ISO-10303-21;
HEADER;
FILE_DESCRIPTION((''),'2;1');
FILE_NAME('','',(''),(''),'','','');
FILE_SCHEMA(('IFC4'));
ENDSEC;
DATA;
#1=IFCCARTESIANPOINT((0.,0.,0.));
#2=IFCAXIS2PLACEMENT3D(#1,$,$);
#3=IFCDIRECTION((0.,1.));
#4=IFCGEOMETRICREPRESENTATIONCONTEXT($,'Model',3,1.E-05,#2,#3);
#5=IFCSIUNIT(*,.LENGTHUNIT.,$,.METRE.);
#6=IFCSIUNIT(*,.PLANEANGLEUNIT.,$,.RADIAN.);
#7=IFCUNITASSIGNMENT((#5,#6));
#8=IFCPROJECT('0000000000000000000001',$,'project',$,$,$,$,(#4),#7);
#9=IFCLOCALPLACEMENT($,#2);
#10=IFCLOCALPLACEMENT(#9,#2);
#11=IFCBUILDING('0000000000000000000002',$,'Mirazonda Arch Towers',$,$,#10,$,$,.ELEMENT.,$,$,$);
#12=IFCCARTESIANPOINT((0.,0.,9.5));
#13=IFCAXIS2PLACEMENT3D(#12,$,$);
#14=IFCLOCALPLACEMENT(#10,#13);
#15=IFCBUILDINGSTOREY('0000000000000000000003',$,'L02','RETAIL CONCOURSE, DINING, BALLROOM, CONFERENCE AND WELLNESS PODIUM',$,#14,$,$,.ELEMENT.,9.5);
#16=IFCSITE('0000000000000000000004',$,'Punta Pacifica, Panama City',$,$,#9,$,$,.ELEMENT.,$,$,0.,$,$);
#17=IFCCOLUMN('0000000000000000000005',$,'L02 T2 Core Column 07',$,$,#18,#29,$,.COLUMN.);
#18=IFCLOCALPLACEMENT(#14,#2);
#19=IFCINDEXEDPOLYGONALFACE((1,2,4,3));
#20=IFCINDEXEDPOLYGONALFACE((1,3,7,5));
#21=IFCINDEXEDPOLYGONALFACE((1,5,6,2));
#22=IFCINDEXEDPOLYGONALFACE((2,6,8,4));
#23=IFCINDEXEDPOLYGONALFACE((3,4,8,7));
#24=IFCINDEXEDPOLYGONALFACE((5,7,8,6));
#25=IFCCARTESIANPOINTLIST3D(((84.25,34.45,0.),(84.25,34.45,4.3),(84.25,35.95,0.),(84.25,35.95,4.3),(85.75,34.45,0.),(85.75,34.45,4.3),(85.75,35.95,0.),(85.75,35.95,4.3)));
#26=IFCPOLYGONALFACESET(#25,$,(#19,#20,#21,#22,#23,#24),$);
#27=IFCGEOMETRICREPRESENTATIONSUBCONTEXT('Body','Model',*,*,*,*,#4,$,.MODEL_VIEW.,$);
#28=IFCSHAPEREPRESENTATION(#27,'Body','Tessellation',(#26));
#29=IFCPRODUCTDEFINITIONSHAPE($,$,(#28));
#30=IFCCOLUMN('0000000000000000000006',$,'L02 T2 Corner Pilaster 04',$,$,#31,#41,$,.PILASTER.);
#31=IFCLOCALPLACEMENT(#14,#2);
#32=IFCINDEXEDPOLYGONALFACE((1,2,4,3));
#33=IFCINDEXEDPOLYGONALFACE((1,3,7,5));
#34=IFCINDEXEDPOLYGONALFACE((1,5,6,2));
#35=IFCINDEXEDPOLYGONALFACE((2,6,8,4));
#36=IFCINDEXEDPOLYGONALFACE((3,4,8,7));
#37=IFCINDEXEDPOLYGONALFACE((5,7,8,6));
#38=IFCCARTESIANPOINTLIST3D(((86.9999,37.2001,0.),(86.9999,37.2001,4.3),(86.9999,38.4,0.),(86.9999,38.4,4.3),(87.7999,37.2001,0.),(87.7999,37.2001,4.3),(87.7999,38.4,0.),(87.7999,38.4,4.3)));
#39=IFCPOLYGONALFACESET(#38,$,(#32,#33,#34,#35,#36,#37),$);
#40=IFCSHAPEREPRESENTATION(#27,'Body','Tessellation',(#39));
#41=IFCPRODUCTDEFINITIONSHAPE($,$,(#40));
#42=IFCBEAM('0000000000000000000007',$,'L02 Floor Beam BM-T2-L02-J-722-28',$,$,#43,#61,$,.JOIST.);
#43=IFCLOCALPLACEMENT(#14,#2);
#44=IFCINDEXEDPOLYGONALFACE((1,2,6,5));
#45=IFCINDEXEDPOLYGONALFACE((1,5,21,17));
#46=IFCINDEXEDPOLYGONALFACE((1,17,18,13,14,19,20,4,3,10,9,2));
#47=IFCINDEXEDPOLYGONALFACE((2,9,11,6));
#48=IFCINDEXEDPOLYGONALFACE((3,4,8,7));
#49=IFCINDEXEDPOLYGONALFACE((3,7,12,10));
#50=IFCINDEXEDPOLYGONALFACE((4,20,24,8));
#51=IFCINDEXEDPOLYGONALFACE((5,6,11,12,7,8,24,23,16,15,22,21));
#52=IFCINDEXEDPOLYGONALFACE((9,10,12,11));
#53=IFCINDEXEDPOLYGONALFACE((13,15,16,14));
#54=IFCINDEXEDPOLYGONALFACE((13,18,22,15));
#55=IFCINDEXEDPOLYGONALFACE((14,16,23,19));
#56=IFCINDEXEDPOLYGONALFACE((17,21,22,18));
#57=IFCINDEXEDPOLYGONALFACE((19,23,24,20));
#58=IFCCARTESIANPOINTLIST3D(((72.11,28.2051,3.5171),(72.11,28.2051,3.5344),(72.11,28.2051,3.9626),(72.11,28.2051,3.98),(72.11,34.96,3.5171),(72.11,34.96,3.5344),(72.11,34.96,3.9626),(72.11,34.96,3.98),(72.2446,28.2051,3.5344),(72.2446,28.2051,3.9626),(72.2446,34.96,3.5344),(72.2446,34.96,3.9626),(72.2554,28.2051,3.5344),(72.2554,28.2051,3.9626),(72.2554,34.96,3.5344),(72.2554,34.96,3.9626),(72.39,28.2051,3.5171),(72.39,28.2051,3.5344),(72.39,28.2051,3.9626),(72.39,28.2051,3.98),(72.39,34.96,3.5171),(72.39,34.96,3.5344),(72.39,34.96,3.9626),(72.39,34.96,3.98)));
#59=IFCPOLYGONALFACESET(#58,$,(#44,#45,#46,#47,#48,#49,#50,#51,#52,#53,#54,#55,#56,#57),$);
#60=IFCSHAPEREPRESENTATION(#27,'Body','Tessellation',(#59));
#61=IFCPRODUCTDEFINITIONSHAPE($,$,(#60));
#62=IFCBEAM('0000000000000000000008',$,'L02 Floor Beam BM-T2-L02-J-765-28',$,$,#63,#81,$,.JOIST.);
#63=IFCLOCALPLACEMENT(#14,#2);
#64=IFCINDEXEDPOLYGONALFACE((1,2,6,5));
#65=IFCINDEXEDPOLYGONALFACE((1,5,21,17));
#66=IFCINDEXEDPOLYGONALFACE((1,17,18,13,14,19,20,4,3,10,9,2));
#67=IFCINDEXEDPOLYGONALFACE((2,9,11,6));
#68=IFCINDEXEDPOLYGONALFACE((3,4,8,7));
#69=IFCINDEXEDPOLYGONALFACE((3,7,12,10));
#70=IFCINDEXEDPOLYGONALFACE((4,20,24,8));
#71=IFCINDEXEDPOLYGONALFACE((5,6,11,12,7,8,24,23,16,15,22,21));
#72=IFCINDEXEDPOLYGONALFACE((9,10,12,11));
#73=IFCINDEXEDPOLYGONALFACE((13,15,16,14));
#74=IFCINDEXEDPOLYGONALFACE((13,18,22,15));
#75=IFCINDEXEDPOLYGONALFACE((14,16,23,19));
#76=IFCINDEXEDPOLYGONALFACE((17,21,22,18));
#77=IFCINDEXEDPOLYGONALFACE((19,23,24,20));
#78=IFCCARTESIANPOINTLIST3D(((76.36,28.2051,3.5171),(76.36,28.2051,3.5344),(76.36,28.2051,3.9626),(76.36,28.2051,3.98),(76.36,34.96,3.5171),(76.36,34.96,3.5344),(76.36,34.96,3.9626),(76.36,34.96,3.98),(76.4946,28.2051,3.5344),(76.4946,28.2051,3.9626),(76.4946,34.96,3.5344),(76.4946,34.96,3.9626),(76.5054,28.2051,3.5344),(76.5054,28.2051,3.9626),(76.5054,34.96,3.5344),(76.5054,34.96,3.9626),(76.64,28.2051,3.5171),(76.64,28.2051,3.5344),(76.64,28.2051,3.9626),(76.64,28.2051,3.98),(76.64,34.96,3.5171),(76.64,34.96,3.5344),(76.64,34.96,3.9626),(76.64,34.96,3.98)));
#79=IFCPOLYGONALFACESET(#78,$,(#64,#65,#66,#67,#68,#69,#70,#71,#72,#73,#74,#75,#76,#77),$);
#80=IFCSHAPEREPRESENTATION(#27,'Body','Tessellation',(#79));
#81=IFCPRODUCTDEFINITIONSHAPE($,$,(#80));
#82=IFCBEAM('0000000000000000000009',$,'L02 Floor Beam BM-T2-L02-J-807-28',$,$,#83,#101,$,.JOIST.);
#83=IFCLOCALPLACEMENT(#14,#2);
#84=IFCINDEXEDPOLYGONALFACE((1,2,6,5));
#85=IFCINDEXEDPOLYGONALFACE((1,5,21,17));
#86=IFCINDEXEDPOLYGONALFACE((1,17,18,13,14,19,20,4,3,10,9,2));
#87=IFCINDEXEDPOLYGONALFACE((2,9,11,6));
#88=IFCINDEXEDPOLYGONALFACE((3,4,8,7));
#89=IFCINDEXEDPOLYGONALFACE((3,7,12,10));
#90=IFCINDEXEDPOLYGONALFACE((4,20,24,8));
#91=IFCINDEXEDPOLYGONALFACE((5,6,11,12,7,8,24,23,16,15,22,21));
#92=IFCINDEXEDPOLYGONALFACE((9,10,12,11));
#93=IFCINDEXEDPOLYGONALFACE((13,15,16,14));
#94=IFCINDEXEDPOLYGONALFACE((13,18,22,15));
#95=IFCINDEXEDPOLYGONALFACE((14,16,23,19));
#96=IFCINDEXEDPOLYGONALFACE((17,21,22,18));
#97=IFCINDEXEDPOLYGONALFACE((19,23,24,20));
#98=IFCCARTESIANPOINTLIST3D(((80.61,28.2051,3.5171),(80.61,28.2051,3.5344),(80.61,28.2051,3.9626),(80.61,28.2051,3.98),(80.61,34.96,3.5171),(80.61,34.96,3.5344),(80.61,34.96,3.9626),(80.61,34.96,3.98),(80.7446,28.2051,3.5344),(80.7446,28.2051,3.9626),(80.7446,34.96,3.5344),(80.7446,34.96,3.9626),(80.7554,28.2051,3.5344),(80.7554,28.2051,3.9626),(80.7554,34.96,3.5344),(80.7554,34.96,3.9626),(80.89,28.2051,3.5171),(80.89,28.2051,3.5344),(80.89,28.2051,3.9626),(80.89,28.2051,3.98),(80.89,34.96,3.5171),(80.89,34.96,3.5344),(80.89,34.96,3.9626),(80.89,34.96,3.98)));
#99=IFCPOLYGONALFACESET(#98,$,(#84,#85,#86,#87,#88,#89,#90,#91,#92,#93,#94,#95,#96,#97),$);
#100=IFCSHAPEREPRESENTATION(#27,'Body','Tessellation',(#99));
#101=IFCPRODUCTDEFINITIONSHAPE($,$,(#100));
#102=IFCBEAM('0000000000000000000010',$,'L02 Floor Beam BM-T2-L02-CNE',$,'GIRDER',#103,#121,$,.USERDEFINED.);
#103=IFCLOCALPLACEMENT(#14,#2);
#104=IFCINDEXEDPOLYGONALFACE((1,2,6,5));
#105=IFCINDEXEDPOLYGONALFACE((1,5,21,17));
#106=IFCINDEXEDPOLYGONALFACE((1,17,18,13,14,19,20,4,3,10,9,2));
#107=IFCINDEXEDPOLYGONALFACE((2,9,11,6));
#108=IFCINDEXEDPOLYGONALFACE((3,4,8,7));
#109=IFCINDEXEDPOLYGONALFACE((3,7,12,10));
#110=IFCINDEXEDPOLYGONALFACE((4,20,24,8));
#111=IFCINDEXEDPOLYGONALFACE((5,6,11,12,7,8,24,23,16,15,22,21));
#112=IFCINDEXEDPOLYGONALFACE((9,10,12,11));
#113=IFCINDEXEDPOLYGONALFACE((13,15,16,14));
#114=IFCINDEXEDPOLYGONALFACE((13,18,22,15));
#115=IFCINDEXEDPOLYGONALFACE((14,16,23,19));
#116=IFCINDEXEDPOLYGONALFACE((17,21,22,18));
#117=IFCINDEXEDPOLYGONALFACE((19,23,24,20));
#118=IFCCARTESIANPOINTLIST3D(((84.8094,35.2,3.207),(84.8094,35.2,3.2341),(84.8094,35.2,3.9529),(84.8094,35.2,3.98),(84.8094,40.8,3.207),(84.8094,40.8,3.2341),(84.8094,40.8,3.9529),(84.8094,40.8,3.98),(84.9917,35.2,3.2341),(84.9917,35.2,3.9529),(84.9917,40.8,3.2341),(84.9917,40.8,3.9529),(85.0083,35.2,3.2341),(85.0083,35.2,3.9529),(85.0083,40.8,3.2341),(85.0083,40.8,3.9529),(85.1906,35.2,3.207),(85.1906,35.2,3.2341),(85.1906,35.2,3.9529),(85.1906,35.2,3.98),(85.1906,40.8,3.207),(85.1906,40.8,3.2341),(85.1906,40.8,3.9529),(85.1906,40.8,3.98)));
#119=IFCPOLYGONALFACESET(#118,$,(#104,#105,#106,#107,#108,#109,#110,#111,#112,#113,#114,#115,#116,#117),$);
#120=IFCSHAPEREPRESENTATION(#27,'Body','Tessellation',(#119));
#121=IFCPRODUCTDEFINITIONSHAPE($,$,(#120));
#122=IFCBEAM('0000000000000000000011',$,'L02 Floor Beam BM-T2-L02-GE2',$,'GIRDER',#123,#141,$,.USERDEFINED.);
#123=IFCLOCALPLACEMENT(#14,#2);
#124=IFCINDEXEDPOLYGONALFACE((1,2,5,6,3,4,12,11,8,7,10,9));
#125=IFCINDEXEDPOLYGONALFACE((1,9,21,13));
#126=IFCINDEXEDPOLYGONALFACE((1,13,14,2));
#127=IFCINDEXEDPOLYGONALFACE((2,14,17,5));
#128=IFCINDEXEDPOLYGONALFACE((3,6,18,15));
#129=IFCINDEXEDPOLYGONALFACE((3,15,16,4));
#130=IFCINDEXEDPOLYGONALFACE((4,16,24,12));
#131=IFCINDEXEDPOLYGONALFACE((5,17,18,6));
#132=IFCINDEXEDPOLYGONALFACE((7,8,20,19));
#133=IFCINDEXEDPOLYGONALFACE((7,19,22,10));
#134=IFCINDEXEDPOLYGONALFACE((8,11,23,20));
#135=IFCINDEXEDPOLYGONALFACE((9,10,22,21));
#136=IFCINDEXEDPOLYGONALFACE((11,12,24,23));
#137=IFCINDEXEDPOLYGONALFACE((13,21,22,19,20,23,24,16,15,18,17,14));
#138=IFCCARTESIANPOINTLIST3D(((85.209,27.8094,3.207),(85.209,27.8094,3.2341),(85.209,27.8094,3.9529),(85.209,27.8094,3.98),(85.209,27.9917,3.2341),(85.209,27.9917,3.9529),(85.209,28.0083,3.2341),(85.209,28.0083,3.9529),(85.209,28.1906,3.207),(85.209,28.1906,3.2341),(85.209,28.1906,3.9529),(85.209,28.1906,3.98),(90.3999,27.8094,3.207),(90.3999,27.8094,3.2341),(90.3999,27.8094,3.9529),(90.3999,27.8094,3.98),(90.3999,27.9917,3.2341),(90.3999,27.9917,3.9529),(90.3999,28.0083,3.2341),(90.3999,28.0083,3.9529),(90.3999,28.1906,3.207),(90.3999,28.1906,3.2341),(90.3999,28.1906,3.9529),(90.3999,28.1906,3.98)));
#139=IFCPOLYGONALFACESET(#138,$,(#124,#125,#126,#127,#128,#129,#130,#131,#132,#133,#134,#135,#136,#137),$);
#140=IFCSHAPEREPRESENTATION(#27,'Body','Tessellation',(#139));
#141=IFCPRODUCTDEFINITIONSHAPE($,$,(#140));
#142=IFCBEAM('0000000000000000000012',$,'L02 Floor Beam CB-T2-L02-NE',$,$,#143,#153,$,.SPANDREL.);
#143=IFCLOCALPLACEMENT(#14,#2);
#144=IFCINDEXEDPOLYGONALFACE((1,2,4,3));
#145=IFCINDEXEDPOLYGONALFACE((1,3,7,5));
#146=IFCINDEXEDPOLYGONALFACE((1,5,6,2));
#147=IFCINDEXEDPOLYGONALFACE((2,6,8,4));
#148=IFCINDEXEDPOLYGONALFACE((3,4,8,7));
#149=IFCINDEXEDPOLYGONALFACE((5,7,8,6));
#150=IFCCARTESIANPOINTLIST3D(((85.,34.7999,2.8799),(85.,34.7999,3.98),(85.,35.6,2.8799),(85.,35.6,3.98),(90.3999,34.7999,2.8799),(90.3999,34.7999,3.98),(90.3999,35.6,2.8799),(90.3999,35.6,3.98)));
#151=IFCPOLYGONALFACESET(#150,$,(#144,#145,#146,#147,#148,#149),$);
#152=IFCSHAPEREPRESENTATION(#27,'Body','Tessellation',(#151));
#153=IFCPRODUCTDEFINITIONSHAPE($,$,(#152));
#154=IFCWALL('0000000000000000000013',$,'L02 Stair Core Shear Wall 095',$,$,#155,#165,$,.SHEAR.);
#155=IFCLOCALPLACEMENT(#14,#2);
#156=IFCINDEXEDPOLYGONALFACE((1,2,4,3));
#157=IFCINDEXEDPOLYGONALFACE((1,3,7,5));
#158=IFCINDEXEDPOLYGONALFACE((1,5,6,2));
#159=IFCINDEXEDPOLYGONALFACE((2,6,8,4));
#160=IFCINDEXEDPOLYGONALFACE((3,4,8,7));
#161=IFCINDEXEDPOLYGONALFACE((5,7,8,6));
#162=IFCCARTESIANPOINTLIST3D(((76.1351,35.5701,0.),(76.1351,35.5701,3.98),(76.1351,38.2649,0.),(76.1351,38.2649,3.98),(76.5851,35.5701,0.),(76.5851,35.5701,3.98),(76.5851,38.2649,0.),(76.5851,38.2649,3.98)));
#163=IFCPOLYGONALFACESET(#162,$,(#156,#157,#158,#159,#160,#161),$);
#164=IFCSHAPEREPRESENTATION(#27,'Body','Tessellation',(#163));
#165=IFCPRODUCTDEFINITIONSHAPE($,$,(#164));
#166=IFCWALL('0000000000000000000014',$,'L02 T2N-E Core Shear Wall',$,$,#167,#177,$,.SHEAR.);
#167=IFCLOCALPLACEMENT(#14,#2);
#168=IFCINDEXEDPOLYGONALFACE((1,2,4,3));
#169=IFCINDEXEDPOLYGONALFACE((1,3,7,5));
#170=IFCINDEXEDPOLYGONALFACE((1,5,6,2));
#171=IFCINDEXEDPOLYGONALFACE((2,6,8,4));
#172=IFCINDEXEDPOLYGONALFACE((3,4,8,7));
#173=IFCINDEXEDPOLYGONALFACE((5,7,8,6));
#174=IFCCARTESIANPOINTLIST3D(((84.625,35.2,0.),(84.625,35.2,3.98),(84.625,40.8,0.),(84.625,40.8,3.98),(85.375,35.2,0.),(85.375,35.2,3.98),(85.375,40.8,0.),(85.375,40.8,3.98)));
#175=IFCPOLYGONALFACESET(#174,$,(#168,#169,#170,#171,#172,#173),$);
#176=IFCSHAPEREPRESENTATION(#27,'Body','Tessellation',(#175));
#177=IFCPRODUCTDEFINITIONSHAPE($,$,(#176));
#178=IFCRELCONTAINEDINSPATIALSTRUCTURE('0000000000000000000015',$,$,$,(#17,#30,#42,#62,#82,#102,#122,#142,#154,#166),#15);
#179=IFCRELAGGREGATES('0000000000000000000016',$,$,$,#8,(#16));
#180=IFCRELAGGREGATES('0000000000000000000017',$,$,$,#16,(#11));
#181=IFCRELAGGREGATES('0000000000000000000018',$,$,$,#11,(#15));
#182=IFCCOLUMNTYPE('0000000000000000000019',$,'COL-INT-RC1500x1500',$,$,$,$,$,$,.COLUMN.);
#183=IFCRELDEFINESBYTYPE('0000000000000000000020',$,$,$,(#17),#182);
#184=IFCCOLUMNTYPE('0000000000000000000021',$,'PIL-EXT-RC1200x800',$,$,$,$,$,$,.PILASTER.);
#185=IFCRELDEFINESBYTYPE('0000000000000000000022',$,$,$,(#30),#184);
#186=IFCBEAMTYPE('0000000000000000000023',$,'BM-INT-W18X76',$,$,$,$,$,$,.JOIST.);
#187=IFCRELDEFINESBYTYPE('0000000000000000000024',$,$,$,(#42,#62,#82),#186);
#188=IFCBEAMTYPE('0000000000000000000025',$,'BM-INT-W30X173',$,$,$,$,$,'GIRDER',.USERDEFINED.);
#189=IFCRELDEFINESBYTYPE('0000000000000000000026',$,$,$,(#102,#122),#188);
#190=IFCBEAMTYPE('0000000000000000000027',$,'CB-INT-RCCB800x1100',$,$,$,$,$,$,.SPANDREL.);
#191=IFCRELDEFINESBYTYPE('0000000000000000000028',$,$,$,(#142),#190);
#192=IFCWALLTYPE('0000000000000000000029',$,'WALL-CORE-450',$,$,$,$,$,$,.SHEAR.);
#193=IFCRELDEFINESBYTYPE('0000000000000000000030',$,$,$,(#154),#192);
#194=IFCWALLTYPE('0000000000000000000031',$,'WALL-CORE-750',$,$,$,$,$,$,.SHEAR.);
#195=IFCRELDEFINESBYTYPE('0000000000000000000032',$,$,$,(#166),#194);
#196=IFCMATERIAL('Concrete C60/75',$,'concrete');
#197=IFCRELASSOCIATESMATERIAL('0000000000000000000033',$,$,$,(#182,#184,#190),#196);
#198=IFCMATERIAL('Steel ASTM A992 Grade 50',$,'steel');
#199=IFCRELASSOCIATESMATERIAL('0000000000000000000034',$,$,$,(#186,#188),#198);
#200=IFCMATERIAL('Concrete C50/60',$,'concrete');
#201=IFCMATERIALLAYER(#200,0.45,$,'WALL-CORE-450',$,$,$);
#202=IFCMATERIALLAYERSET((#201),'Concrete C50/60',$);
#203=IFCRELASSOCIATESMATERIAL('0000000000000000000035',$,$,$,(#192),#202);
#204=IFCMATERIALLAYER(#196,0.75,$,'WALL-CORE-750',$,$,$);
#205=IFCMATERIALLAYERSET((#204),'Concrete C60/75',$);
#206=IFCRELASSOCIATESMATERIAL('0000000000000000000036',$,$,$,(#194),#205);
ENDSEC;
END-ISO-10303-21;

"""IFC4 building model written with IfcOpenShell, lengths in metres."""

from ifc_helpers import new_model, si_unit, direction, frame, frame_2d, origin, origin_2d, place, context, subcontext, project, spatial, rectangle, i_section, extrude, material, layer, layer_set, material_profile, profile_set, type_object, element, save


model = new_model("IFC4")

# Units and contexts
model_context = context("Model", 3, precision=1e-05, world=origin(), true_north=direction((0.0, 1.0)))
body_context = subcontext(model_context, "Body", "Model", "MODEL_VIEW")
ifc_project = project(units=[si_unit("LENGTHUNIT", "METRE"), si_unit("PLANEANGLEUNIT", "RADIAN")], contexts=[model_context])

# Site, building, storey
site_placement = place(None, origin())
site = spatial("IfcSite", under=ifc_project, at=site_placement, Name="Punta Pacifica, Panama City", CompositionType="ELEMENT", RefElevation=0.0)
building_placement = place(site_placement, origin())
building = spatial("IfcBuilding", under=site, at=building_placement, Name="Mirazonda Arch Towers", CompositionType="ELEMENT")
storey_placement = place(building_placement, frame((0.0, 0.0, 9.5)))
storey = spatial("IfcBuildingStorey", under=building, at=storey_placement, Name="L02", Description="RETAIL CONCOURSE, DINING, BALLROOM, CONFERENCE AND WELLNESS PODIUM", CompositionType="ELEMENT", Elevation=9.5)

# Columns
ifc_material_1 = material(Name="Concrete C60/75", Category="concrete")
ifc_material_profile_1 = material_profile(ifc_material_1, rectangle(XDim=1.5, YDim=1.5, at=origin_2d()), Name="RC1500x1500")
ifc_profile_set_1 = profile_set([ifc_material_profile_1], Name="Concrete C60/75")
column_type_1 = type_object("IfcColumnType", Name="COL-INT-RC1500x1500", PredefinedType="COLUMN", material=ifc_profile_set_1)
column_1_placement = place(storey_placement, frame((85.0, 35.2, 0.0), z_axis=(0.0, 0.0, 1.0), x_axis=(1.0, 0.0, 0.0)))
element("IfcColumn", 1, at=column_1_placement, inside=storey, type_object=column_type_1, Name="L02 T2 Core Column 07", PredefinedType="COLUMN", context=body_context, shape_type="SweptSolid", body=[
    extrude(rectangle(XDim=1.5, YDim=1.5, at=origin_2d()), origin(), (0.0, 0.0, 1.0), 4.3),
])
ifc_material_profile_2 = material_profile(ifc_material_1, rectangle(XDim=0.8, YDim=1.2, at=origin_2d()), Name="RC1200x800")
ifc_profile_set_2 = profile_set([ifc_material_profile_2], Name="Concrete C60/75")
column_type_2 = type_object("IfcColumnType", Name="PIL-EXT-RC1200x800", PredefinedType="PILASTER", material=ifc_profile_set_2)
column_2_placement = place(storey_placement, frame((87.3999, 37.8, 0.0), z_axis=(0.0, 0.0, 1.0), x_axis=(1.0, 0.0, 0.0)))
element("IfcColumn", 2, at=column_2_placement, inside=storey, type_object=column_type_2, Name="L02 T2 Corner Pilaster 04", PredefinedType="PILASTER", context=body_context, shape_type="SweptSolid", body=[
    extrude(rectangle(XDim=0.8, YDim=1.2, at=origin_2d()), origin(), (0.0, 0.0, 1.0), 4.3),
])

# Beams
ifc_material_2 = material(Name="Steel ASTM A992 Grade 50", Category="steel")
ifc_material_profile_3 = material_profile(ifc_material_2, i_section(OverallWidth=0.28, OverallDepth=0.4629, WebThickness=0.0107, FlangeThickness=0.0173, at=origin_2d()), Name="W18X76")
ifc_profile_set_3 = profile_set([ifc_material_profile_3], Name="Steel ASTM A992 Grade 50")
beam_type_1 = type_object("IfcBeamType", Name="BM-INT-W18X76", PredefinedType="JOIST", material=ifc_profile_set_3)
for number, where, z_axis, x_axis, name in (
    (3, (72.25, 28.2051, 3.7485), (0.0, 1.0, 0.0), (-1.0, 0.0, 0.0), "L02 Floor Beam BM-T2-L02-J-722-28"),
    (4, (76.5, 28.2051, 3.7485), (0.0, 1.0, 0.0), (-1.0, 0.0, 0.0), "L02 Floor Beam BM-T2-L02-J-765-28"),
    (5, (80.75, 28.2051, 3.7485), (0.0, 1.0, 0.0), (-1.0, 0.0, 0.0), "L02 Floor Beam BM-T2-L02-J-807-28"),
):
    element("IfcBeam", number, at=place(storey_placement, frame(where, z_axis=z_axis, x_axis=x_axis)), inside=storey, type_object=beam_type_1, Name=name, PredefinedType="JOIST", context=body_context, shape_type="SweptSolid", body=[
        extrude(i_section(OverallWidth=0.28, OverallDepth=0.4629, WebThickness=0.0107, FlangeThickness=0.0173, at=origin_2d()), origin(), (0.0, 0.0, 1.0), 6.7549),
    ])
ifc_material_profile_4 = material_profile(ifc_material_2, i_section(OverallWidth=0.3811, OverallDepth=0.7729, WebThickness=0.0166, FlangeThickness=0.0271, at=origin_2d()), Name="W30X173")
ifc_profile_set_4 = profile_set([ifc_material_profile_4], Name="Steel ASTM A992 Grade 50")
beam_type_2 = type_object("IfcBeamType", Name="BM-INT-W30X173", ElementType="GIRDER", PredefinedType="USERDEFINED", material=ifc_profile_set_4)
beam_1_placement = place(storey_placement, frame((85.0, 35.2, 3.5935), z_axis=(0.0, 1.0, 0.0), x_axis=(-1.0, 0.0, 0.0)))
element("IfcBeam", 6, at=beam_1_placement, inside=storey, type_object=beam_type_2, Name="L02 Floor Beam BM-T2-L02-CNE", ObjectType="GIRDER", PredefinedType="USERDEFINED", context=body_context, shape_type="SweptSolid", body=[
    extrude(i_section(OverallWidth=0.3811, OverallDepth=0.7729, WebThickness=0.0166, FlangeThickness=0.0271, at=origin_2d()), origin(), (0.0, 0.0, 1.0), 5.6001),
])
beam_2_placement = place(storey_placement, frame((85.209, 28.0, 3.5935), z_axis=(1.0, 0.0, 0.0), x_axis=(0.0, 1.0, 0.0)))
element("IfcBeam", 7, at=beam_2_placement, inside=storey, type_object=beam_type_2, Name="L02 Floor Beam BM-T2-L02-GE2", ObjectType="GIRDER", PredefinedType="USERDEFINED", context=body_context, shape_type="SweptSolid", body=[
    extrude(i_section(OverallWidth=0.3811, OverallDepth=0.7729, WebThickness=0.0166, FlangeThickness=0.0271, at=origin_2d()), origin(), (0.0, 0.0, 1.0), 5.1909),
])
ifc_material_profile_5 = material_profile(ifc_material_1, rectangle(XDim=0.8, YDim=1.1001, at=origin_2d()), Name="RCCB800x1100")
ifc_profile_set_5 = profile_set([ifc_material_profile_5], Name="Concrete C60/75")
beam_type_3 = type_object("IfcBeamType", Name="CB-INT-RCCB800x1100", PredefinedType="SPANDREL", material=ifc_profile_set_5)
beam_3_placement = place(storey_placement, frame((85.0, 35.2, 3.4299), z_axis=(1.0, 0.0, 0.0), x_axis=(0.0, 1.0, 0.0)))
element("IfcBeam", 8, at=beam_3_placement, inside=storey, type_object=beam_type_3, Name="L02 Floor Beam CB-T2-L02-NE", PredefinedType="SPANDREL", context=body_context, shape_type="SweptSolid", body=[
    extrude(rectangle(XDim=0.8, YDim=1.1001, at=origin_2d()), origin(), (0.0, 0.0, 1.0), 5.3999),
])

# Walls
ifc_material_3 = material(Name="Concrete C50/60", Category="concrete")
ifc_layer_1 = layer(ifc_material_3, 0.45, Name="WALL-CORE-450")
ifc_layer_set_1 = layer_set([ifc_layer_1], Name="Concrete C50/60")
wall_type_1 = type_object("IfcWallType", Name="WALL-CORE-450", PredefinedType="SHEAR", material=ifc_layer_set_1)
wall_1_placement = place(storey_placement, frame((76.3601, 35.5701, 0.0), z_axis=(0.0, 0.0, 1.0), x_axis=(0.0, 1.0, 0.0)))
element("IfcWall", 9, at=wall_1_placement, inside=storey, type_object=wall_type_1, Name="L02 Stair Core Shear Wall 095", PredefinedType="SHEAR", context=body_context, shape_type="SweptSolid", body=[
    extrude(rectangle(XDim=2.6948, YDim=0.45, at=frame_2d((1.3474, 0.0))), origin(), (0.0, 0.0, 1.0), 3.98),
])
ifc_layer_2 = layer(ifc_material_1, 0.75, Name="WALL-CORE-750")
ifc_layer_set_2 = layer_set([ifc_layer_2], Name="Concrete C60/75")
wall_type_2 = type_object("IfcWallType", Name="WALL-CORE-750", PredefinedType="SHEAR", material=ifc_layer_set_2)
wall_2_placement = place(storey_placement, frame((85.0, 35.2, 0.0), z_axis=(0.0, 0.0, 1.0), x_axis=(0.0, 1.0, 0.0)))
element("IfcWall", 10, at=wall_2_placement, inside=storey, type_object=wall_type_2, Name="L02 T2N-E Core Shear Wall", PredefinedType="SHEAR", context=body_context, shape_type="SweptSolid", body=[
    extrude(rectangle(XDim=5.6001, YDim=0.75, at=frame_2d((2.8, 0.0))), origin(), (0.0, 0.0, 1.0), 3.98),
])

save(model, "model.ifc")
